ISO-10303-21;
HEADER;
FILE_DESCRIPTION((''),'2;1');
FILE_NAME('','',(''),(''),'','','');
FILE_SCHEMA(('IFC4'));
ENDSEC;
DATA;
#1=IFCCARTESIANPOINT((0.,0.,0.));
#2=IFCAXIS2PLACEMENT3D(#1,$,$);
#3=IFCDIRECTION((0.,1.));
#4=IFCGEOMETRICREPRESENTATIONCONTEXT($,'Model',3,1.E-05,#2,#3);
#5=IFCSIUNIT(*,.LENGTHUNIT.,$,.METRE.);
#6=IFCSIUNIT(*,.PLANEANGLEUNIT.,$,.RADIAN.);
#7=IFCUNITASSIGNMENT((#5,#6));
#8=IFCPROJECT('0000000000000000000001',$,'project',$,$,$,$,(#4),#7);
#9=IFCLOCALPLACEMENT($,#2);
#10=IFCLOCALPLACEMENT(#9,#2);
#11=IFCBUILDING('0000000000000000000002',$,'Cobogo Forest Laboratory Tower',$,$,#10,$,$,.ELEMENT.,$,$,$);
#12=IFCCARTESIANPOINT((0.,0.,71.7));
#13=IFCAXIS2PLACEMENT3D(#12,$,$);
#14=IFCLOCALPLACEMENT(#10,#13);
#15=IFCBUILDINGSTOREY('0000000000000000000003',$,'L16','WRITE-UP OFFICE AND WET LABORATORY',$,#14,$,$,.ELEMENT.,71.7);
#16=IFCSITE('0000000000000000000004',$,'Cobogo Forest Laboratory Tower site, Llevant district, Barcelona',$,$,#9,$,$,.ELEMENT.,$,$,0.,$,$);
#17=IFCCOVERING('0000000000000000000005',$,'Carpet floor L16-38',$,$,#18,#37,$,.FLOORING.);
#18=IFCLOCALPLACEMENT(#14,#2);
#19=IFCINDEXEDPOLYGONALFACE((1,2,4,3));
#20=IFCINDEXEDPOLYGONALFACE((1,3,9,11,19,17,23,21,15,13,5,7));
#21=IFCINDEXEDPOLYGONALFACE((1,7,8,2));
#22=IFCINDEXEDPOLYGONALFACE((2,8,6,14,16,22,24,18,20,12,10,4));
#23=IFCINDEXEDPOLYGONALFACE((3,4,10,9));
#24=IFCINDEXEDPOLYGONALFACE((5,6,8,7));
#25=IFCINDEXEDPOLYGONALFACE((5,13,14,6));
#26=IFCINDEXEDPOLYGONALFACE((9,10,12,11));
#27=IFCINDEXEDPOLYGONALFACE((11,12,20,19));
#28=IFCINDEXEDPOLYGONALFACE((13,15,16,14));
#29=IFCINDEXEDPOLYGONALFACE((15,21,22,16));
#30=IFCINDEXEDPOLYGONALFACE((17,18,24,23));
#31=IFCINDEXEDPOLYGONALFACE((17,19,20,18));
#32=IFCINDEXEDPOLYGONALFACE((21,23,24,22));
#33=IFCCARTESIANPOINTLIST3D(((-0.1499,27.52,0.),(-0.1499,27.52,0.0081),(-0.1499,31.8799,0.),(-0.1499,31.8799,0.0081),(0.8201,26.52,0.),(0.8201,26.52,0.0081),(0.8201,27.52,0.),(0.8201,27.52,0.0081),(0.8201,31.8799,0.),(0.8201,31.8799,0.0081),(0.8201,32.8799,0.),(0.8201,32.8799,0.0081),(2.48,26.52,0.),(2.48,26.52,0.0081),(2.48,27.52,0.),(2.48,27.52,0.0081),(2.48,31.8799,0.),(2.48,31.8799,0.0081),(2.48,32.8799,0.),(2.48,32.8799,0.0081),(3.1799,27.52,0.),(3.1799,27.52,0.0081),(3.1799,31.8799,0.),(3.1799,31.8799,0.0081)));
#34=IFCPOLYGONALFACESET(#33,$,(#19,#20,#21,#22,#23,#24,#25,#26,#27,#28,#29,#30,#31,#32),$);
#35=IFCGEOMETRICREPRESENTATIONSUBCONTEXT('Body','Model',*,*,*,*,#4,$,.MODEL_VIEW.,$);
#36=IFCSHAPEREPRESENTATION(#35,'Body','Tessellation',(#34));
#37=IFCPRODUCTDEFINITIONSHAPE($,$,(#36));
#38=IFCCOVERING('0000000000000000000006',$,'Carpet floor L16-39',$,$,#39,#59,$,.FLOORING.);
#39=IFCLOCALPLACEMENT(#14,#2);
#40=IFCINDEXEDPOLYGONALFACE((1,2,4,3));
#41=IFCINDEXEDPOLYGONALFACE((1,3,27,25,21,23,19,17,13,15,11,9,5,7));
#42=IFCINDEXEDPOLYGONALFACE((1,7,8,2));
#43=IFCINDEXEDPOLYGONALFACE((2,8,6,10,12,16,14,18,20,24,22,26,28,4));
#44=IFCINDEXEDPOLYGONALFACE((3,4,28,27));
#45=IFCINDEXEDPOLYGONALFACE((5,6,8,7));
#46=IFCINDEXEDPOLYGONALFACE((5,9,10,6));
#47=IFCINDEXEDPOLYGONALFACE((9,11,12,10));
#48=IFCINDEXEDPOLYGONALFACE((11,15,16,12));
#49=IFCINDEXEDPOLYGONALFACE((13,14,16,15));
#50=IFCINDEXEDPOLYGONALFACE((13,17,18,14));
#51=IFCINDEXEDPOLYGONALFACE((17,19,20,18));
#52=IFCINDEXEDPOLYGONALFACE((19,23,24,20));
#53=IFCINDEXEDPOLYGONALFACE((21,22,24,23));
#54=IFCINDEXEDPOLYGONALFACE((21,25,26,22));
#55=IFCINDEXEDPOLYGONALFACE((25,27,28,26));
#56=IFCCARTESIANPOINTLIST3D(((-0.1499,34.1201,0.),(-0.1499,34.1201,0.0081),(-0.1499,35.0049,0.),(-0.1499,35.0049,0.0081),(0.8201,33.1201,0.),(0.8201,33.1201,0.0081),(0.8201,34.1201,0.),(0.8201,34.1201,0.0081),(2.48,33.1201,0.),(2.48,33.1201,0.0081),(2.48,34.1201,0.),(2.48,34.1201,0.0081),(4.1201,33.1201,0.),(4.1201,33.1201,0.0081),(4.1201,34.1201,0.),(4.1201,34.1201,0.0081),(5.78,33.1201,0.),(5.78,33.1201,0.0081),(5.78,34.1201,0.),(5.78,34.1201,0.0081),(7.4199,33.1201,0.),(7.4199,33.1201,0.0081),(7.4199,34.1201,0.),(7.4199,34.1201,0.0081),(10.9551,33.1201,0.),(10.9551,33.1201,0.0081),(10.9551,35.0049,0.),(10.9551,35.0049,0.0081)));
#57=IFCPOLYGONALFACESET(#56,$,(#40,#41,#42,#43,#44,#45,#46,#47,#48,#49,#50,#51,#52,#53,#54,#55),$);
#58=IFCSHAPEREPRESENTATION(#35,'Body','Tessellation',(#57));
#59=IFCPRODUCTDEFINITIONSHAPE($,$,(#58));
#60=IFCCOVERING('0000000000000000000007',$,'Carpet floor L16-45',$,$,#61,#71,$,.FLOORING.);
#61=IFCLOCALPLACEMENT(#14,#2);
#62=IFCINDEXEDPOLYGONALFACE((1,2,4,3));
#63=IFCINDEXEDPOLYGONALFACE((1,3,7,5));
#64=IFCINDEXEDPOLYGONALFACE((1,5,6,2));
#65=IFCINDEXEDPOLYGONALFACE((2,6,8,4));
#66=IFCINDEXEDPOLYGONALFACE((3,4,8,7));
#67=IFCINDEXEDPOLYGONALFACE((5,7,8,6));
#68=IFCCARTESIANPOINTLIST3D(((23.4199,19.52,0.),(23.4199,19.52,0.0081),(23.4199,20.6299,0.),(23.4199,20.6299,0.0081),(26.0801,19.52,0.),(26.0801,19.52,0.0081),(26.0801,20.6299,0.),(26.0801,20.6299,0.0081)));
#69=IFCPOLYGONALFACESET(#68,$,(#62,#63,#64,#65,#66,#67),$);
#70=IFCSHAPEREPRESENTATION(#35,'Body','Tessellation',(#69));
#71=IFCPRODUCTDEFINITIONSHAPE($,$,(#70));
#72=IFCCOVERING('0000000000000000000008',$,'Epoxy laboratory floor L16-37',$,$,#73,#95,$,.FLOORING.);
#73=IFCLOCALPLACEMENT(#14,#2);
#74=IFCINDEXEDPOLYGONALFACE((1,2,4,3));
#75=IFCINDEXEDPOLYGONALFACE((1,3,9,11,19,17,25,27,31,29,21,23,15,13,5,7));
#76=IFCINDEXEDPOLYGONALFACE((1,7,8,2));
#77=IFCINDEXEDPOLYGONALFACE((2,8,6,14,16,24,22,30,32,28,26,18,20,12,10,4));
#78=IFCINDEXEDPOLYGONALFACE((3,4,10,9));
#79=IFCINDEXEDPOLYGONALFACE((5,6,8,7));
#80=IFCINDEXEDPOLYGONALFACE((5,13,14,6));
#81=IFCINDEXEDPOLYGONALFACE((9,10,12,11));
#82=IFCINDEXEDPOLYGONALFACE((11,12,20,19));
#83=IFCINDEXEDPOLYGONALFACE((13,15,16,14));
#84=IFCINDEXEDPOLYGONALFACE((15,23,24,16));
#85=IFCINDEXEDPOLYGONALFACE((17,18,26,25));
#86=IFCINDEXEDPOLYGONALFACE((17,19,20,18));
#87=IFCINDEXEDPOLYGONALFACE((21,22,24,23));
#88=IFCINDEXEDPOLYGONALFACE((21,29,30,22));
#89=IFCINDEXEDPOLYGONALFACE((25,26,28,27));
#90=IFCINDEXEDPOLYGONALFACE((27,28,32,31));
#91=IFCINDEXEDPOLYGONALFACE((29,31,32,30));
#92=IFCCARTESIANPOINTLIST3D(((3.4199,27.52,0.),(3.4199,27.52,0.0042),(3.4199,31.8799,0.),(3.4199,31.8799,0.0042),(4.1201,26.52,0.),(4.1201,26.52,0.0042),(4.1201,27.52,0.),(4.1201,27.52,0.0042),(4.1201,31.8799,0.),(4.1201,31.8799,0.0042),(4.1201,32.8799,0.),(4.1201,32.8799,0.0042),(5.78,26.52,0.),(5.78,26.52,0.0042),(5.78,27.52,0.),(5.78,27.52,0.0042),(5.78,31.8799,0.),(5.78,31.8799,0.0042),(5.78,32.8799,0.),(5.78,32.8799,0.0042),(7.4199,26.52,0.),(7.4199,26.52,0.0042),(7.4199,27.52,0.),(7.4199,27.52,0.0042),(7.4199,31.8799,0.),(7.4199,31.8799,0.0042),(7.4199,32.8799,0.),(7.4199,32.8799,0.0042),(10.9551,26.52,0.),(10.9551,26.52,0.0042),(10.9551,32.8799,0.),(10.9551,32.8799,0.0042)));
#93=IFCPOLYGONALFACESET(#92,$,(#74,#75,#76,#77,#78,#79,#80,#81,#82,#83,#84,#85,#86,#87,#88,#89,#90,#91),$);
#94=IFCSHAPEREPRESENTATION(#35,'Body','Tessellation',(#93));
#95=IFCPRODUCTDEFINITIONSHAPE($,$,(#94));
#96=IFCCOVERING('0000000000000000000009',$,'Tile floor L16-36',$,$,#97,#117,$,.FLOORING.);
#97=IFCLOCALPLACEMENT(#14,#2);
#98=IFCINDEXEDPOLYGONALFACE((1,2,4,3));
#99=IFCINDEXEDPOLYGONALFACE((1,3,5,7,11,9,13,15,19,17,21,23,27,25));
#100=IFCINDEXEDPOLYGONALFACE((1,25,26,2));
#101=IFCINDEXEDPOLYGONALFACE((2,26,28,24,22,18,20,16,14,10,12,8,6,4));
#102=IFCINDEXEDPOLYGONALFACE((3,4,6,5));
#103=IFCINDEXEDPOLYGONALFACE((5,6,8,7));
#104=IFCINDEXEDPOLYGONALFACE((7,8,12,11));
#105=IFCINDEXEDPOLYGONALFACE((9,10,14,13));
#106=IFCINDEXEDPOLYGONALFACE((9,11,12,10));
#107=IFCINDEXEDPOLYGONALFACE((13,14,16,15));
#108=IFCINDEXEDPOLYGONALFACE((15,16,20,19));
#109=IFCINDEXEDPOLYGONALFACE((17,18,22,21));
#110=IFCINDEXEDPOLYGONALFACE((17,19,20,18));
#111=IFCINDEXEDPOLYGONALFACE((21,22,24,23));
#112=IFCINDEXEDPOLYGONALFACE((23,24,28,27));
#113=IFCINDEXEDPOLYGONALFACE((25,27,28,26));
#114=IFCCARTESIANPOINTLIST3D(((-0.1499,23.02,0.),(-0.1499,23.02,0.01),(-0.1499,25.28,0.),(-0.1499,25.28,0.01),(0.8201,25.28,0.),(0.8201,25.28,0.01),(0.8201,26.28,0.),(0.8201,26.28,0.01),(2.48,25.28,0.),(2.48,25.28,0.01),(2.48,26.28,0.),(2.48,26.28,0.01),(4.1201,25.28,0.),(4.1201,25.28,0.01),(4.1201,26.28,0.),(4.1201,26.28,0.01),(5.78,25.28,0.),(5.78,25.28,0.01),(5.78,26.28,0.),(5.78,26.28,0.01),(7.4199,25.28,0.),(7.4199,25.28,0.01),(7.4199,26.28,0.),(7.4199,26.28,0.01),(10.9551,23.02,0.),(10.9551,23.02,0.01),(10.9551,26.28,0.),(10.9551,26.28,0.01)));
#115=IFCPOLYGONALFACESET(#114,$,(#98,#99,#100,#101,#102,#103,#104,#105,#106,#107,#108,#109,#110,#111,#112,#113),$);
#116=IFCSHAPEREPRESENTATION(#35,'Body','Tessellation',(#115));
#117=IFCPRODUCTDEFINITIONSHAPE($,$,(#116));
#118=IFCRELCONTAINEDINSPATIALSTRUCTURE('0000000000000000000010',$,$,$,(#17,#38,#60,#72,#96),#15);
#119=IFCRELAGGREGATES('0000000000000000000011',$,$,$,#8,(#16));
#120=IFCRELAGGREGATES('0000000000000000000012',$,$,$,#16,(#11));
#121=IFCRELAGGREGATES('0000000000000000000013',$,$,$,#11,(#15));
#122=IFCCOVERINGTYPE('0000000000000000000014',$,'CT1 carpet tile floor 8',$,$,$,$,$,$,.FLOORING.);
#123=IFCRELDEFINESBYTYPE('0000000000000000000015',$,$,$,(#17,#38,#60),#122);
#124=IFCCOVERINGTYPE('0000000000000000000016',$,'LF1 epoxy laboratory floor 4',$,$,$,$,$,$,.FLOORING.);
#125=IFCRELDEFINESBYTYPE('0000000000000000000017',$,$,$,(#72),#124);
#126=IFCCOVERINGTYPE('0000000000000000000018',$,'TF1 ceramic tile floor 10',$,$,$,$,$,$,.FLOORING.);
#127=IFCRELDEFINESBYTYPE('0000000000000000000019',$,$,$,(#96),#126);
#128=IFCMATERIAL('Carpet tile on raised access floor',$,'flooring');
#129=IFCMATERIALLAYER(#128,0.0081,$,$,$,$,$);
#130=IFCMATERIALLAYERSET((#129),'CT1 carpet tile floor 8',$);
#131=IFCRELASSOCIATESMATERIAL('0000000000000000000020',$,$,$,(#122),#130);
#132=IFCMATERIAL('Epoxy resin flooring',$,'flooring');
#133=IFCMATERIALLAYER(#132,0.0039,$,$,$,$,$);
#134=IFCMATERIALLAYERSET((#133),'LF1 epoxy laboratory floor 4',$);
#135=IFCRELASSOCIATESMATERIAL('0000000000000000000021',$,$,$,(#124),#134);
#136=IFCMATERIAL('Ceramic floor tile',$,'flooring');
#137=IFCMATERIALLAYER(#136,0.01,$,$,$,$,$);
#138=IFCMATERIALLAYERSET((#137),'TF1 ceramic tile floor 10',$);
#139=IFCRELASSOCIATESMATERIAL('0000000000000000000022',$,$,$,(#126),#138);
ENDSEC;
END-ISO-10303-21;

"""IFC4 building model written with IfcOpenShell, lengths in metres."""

from ifc_helpers import new_model, si_unit, direction, frame, origin, place, context, subcontext, project, spatial, polyline, outline, extrude, material, layer, layer_set, type_object, element, save


model = new_model("IFC4")

# Units and contexts
model_context = context("Model", 3, precision=1e-05, world=origin(), true_north=direction((0.0, 1.0)))
body_context = subcontext(model_context, "Body", "Model", "MODEL_VIEW")
ifc_project = project(units=[si_unit("LENGTHUNIT", "METRE"), si_unit("PLANEANGLEUNIT", "RADIAN")], contexts=[model_context])

# Site, building, storey
site_placement = place(None, origin())
site = spatial("IfcSite", under=ifc_project, at=site_placement, Name="Cobogo Forest Laboratory Tower site, Llevant district, Barcelona", CompositionType="ELEMENT", RefElevation=0.0)
building_placement = place(site_placement, origin())
building = spatial("IfcBuilding", under=site, at=building_placement, Name="Cobogo Forest Laboratory Tower", CompositionType="ELEMENT")
storey_placement = place(building_placement, frame((0.0, 0.0, 71.7)))
storey = spatial("IfcBuildingStorey", under=building, at=storey_placement, Name="L16", Description="WRITE-UP OFFICE AND WET LABORATORY", CompositionType="ELEMENT", Elevation=71.7)

# Coverings
ifc_material_1 = material(Name="Carpet tile on raised access floor", Category="flooring")
ifc_layer_1 = layer(ifc_material_1, 0.0081)
ifc_layer_set_1 = layer_set([ifc_layer_1], Name="CT1 carpet tile floor 8")
covering_type_1 = type_object("IfcCoveringType", Name="CT1 carpet tile floor 8", PredefinedType="FLOORING", material=ifc_layer_set_1)
covering_1_placement = place(storey_placement, origin())
element("IfcCovering", 1, at=covering_1_placement, inside=storey, type_object=covering_type_1, Name="Carpet floor L16-38", PredefinedType="FLOORING", context=body_context, shape_type="SweptSolid", body=[
    extrude(outline(polyline([(3.1799, 27.52), (2.48, 27.52), (2.48, 26.52), (0.8201, 26.52), (0.8201, 27.52), (-0.1499, 27.52), (-0.1499, 31.8799), (0.8201, 31.8799), (0.8201, 32.8799), (2.48, 32.8799), (2.48, 31.8799), (3.1799, 31.8799), (3.1799, 27.52)])), origin(), (0.0, 0.0, 1.0), 0.0081),
])
covering_2_placement = place(storey_placement, origin())
element("IfcCovering", 2, at=covering_2_placement, inside=storey, type_object=covering_type_1, Name="Carpet floor L16-39", PredefinedType="FLOORING", context=body_context, shape_type="SweptSolid", body=[
    extrude(outline(polyline([(10.9551, 33.1201), (7.4199, 33.1201), (7.4199, 34.1201), (5.78, 34.1201), (5.78, 33.1201), (4.1201, 33.1201), (4.1201, 34.1201), (2.48, 34.1201), (2.48, 33.1201), (0.8201, 33.1201), (0.8201, 34.1201), (-0.1499, 34.1201), (-0.1499, 35.0049), (10.9551, 35.0049), (10.9551, 33.1201)])), origin(), (0.0, 0.0, 1.0), 0.0081),
])
covering_3_placement = place(storey_placement, origin())
element("IfcCovering", 3, at=covering_3_placement, inside=storey, type_object=covering_type_1, Name="Carpet floor L16-45", PredefinedType="FLOORING", context=body_context, shape_type="SweptSolid", body=[
    extrude(outline(polyline([(26.0801, 19.52), (23.4199, 19.52), (23.4199, 20.6299), (26.0801, 20.6299), (26.0801, 19.52)])), origin(), (0.0, 0.0, 1.0), 0.0081),
])
ifc_material_2 = material(Name="Epoxy resin flooring", Category="flooring")
ifc_layer_2 = layer(ifc_material_2, 0.0039)
ifc_layer_set_2 = layer_set([ifc_layer_2], Name="LF1 epoxy laboratory floor 4")
covering_type_2 = type_object("IfcCoveringType", Name="LF1 epoxy laboratory floor 4", PredefinedType="FLOORING", material=ifc_layer_set_2)
covering_4_placement = place(storey_placement, origin())
element("IfcCovering", 4, at=covering_4_placement, inside=storey, type_object=covering_type_2, Name="Epoxy laboratory floor L16-37", PredefinedType="FLOORING", context=body_context, shape_type="SweptSolid", body=[
    extrude(outline(polyline([(3.4199, 31.8799), (4.1201, 31.8799), (4.1201, 32.8799), (5.78, 32.8799), (5.78, 31.8799), (7.4199, 31.8799), (7.4199, 32.8799), (10.9551, 32.8799), (10.9551, 26.52), (7.4199, 26.52), (7.4199, 27.52), (5.78, 27.52), (5.78, 26.52), (4.1201, 26.52), (4.1201, 27.52), (3.4199, 27.52), (3.4199, 31.8799)])), origin(), (0.0, 0.0, 1.0), 0.0042),
])
ifc_material_3 = material(Name="Ceramic floor tile", Category="flooring")
ifc_layer_3 = layer(ifc_material_3, 0.01)
ifc_layer_set_3 = layer_set([ifc_layer_3], Name="TF1 ceramic tile floor 10")
covering_type_3 = type_object("IfcCoveringType", Name="TF1 ceramic tile floor 10", PredefinedType="FLOORING", material=ifc_layer_set_3)
covering_5_placement = place(storey_placement, origin())
element("IfcCovering", 5, at=covering_5_placement, inside=storey, type_object=covering_type_3, Name="Tile floor L16-36", PredefinedType="FLOORING", context=body_context, shape_type="SweptSolid", body=[
    extrude(outline(polyline([(10.9551, 23.02), (-0.1499, 23.02), (-0.1499, 25.28), (0.8201, 25.28), (0.8201, 26.28), (2.48, 26.28), (2.48, 25.28), (4.1201, 25.28), (4.1201, 26.28), (5.78, 26.28), (5.78, 25.28), (7.4199, 25.28), (7.4199, 26.28), (10.9551, 26.28), (10.9551, 23.02)])), origin(), (0.0, 0.0, 1.0), 0.01),
])

save(model, "model.ifc")
